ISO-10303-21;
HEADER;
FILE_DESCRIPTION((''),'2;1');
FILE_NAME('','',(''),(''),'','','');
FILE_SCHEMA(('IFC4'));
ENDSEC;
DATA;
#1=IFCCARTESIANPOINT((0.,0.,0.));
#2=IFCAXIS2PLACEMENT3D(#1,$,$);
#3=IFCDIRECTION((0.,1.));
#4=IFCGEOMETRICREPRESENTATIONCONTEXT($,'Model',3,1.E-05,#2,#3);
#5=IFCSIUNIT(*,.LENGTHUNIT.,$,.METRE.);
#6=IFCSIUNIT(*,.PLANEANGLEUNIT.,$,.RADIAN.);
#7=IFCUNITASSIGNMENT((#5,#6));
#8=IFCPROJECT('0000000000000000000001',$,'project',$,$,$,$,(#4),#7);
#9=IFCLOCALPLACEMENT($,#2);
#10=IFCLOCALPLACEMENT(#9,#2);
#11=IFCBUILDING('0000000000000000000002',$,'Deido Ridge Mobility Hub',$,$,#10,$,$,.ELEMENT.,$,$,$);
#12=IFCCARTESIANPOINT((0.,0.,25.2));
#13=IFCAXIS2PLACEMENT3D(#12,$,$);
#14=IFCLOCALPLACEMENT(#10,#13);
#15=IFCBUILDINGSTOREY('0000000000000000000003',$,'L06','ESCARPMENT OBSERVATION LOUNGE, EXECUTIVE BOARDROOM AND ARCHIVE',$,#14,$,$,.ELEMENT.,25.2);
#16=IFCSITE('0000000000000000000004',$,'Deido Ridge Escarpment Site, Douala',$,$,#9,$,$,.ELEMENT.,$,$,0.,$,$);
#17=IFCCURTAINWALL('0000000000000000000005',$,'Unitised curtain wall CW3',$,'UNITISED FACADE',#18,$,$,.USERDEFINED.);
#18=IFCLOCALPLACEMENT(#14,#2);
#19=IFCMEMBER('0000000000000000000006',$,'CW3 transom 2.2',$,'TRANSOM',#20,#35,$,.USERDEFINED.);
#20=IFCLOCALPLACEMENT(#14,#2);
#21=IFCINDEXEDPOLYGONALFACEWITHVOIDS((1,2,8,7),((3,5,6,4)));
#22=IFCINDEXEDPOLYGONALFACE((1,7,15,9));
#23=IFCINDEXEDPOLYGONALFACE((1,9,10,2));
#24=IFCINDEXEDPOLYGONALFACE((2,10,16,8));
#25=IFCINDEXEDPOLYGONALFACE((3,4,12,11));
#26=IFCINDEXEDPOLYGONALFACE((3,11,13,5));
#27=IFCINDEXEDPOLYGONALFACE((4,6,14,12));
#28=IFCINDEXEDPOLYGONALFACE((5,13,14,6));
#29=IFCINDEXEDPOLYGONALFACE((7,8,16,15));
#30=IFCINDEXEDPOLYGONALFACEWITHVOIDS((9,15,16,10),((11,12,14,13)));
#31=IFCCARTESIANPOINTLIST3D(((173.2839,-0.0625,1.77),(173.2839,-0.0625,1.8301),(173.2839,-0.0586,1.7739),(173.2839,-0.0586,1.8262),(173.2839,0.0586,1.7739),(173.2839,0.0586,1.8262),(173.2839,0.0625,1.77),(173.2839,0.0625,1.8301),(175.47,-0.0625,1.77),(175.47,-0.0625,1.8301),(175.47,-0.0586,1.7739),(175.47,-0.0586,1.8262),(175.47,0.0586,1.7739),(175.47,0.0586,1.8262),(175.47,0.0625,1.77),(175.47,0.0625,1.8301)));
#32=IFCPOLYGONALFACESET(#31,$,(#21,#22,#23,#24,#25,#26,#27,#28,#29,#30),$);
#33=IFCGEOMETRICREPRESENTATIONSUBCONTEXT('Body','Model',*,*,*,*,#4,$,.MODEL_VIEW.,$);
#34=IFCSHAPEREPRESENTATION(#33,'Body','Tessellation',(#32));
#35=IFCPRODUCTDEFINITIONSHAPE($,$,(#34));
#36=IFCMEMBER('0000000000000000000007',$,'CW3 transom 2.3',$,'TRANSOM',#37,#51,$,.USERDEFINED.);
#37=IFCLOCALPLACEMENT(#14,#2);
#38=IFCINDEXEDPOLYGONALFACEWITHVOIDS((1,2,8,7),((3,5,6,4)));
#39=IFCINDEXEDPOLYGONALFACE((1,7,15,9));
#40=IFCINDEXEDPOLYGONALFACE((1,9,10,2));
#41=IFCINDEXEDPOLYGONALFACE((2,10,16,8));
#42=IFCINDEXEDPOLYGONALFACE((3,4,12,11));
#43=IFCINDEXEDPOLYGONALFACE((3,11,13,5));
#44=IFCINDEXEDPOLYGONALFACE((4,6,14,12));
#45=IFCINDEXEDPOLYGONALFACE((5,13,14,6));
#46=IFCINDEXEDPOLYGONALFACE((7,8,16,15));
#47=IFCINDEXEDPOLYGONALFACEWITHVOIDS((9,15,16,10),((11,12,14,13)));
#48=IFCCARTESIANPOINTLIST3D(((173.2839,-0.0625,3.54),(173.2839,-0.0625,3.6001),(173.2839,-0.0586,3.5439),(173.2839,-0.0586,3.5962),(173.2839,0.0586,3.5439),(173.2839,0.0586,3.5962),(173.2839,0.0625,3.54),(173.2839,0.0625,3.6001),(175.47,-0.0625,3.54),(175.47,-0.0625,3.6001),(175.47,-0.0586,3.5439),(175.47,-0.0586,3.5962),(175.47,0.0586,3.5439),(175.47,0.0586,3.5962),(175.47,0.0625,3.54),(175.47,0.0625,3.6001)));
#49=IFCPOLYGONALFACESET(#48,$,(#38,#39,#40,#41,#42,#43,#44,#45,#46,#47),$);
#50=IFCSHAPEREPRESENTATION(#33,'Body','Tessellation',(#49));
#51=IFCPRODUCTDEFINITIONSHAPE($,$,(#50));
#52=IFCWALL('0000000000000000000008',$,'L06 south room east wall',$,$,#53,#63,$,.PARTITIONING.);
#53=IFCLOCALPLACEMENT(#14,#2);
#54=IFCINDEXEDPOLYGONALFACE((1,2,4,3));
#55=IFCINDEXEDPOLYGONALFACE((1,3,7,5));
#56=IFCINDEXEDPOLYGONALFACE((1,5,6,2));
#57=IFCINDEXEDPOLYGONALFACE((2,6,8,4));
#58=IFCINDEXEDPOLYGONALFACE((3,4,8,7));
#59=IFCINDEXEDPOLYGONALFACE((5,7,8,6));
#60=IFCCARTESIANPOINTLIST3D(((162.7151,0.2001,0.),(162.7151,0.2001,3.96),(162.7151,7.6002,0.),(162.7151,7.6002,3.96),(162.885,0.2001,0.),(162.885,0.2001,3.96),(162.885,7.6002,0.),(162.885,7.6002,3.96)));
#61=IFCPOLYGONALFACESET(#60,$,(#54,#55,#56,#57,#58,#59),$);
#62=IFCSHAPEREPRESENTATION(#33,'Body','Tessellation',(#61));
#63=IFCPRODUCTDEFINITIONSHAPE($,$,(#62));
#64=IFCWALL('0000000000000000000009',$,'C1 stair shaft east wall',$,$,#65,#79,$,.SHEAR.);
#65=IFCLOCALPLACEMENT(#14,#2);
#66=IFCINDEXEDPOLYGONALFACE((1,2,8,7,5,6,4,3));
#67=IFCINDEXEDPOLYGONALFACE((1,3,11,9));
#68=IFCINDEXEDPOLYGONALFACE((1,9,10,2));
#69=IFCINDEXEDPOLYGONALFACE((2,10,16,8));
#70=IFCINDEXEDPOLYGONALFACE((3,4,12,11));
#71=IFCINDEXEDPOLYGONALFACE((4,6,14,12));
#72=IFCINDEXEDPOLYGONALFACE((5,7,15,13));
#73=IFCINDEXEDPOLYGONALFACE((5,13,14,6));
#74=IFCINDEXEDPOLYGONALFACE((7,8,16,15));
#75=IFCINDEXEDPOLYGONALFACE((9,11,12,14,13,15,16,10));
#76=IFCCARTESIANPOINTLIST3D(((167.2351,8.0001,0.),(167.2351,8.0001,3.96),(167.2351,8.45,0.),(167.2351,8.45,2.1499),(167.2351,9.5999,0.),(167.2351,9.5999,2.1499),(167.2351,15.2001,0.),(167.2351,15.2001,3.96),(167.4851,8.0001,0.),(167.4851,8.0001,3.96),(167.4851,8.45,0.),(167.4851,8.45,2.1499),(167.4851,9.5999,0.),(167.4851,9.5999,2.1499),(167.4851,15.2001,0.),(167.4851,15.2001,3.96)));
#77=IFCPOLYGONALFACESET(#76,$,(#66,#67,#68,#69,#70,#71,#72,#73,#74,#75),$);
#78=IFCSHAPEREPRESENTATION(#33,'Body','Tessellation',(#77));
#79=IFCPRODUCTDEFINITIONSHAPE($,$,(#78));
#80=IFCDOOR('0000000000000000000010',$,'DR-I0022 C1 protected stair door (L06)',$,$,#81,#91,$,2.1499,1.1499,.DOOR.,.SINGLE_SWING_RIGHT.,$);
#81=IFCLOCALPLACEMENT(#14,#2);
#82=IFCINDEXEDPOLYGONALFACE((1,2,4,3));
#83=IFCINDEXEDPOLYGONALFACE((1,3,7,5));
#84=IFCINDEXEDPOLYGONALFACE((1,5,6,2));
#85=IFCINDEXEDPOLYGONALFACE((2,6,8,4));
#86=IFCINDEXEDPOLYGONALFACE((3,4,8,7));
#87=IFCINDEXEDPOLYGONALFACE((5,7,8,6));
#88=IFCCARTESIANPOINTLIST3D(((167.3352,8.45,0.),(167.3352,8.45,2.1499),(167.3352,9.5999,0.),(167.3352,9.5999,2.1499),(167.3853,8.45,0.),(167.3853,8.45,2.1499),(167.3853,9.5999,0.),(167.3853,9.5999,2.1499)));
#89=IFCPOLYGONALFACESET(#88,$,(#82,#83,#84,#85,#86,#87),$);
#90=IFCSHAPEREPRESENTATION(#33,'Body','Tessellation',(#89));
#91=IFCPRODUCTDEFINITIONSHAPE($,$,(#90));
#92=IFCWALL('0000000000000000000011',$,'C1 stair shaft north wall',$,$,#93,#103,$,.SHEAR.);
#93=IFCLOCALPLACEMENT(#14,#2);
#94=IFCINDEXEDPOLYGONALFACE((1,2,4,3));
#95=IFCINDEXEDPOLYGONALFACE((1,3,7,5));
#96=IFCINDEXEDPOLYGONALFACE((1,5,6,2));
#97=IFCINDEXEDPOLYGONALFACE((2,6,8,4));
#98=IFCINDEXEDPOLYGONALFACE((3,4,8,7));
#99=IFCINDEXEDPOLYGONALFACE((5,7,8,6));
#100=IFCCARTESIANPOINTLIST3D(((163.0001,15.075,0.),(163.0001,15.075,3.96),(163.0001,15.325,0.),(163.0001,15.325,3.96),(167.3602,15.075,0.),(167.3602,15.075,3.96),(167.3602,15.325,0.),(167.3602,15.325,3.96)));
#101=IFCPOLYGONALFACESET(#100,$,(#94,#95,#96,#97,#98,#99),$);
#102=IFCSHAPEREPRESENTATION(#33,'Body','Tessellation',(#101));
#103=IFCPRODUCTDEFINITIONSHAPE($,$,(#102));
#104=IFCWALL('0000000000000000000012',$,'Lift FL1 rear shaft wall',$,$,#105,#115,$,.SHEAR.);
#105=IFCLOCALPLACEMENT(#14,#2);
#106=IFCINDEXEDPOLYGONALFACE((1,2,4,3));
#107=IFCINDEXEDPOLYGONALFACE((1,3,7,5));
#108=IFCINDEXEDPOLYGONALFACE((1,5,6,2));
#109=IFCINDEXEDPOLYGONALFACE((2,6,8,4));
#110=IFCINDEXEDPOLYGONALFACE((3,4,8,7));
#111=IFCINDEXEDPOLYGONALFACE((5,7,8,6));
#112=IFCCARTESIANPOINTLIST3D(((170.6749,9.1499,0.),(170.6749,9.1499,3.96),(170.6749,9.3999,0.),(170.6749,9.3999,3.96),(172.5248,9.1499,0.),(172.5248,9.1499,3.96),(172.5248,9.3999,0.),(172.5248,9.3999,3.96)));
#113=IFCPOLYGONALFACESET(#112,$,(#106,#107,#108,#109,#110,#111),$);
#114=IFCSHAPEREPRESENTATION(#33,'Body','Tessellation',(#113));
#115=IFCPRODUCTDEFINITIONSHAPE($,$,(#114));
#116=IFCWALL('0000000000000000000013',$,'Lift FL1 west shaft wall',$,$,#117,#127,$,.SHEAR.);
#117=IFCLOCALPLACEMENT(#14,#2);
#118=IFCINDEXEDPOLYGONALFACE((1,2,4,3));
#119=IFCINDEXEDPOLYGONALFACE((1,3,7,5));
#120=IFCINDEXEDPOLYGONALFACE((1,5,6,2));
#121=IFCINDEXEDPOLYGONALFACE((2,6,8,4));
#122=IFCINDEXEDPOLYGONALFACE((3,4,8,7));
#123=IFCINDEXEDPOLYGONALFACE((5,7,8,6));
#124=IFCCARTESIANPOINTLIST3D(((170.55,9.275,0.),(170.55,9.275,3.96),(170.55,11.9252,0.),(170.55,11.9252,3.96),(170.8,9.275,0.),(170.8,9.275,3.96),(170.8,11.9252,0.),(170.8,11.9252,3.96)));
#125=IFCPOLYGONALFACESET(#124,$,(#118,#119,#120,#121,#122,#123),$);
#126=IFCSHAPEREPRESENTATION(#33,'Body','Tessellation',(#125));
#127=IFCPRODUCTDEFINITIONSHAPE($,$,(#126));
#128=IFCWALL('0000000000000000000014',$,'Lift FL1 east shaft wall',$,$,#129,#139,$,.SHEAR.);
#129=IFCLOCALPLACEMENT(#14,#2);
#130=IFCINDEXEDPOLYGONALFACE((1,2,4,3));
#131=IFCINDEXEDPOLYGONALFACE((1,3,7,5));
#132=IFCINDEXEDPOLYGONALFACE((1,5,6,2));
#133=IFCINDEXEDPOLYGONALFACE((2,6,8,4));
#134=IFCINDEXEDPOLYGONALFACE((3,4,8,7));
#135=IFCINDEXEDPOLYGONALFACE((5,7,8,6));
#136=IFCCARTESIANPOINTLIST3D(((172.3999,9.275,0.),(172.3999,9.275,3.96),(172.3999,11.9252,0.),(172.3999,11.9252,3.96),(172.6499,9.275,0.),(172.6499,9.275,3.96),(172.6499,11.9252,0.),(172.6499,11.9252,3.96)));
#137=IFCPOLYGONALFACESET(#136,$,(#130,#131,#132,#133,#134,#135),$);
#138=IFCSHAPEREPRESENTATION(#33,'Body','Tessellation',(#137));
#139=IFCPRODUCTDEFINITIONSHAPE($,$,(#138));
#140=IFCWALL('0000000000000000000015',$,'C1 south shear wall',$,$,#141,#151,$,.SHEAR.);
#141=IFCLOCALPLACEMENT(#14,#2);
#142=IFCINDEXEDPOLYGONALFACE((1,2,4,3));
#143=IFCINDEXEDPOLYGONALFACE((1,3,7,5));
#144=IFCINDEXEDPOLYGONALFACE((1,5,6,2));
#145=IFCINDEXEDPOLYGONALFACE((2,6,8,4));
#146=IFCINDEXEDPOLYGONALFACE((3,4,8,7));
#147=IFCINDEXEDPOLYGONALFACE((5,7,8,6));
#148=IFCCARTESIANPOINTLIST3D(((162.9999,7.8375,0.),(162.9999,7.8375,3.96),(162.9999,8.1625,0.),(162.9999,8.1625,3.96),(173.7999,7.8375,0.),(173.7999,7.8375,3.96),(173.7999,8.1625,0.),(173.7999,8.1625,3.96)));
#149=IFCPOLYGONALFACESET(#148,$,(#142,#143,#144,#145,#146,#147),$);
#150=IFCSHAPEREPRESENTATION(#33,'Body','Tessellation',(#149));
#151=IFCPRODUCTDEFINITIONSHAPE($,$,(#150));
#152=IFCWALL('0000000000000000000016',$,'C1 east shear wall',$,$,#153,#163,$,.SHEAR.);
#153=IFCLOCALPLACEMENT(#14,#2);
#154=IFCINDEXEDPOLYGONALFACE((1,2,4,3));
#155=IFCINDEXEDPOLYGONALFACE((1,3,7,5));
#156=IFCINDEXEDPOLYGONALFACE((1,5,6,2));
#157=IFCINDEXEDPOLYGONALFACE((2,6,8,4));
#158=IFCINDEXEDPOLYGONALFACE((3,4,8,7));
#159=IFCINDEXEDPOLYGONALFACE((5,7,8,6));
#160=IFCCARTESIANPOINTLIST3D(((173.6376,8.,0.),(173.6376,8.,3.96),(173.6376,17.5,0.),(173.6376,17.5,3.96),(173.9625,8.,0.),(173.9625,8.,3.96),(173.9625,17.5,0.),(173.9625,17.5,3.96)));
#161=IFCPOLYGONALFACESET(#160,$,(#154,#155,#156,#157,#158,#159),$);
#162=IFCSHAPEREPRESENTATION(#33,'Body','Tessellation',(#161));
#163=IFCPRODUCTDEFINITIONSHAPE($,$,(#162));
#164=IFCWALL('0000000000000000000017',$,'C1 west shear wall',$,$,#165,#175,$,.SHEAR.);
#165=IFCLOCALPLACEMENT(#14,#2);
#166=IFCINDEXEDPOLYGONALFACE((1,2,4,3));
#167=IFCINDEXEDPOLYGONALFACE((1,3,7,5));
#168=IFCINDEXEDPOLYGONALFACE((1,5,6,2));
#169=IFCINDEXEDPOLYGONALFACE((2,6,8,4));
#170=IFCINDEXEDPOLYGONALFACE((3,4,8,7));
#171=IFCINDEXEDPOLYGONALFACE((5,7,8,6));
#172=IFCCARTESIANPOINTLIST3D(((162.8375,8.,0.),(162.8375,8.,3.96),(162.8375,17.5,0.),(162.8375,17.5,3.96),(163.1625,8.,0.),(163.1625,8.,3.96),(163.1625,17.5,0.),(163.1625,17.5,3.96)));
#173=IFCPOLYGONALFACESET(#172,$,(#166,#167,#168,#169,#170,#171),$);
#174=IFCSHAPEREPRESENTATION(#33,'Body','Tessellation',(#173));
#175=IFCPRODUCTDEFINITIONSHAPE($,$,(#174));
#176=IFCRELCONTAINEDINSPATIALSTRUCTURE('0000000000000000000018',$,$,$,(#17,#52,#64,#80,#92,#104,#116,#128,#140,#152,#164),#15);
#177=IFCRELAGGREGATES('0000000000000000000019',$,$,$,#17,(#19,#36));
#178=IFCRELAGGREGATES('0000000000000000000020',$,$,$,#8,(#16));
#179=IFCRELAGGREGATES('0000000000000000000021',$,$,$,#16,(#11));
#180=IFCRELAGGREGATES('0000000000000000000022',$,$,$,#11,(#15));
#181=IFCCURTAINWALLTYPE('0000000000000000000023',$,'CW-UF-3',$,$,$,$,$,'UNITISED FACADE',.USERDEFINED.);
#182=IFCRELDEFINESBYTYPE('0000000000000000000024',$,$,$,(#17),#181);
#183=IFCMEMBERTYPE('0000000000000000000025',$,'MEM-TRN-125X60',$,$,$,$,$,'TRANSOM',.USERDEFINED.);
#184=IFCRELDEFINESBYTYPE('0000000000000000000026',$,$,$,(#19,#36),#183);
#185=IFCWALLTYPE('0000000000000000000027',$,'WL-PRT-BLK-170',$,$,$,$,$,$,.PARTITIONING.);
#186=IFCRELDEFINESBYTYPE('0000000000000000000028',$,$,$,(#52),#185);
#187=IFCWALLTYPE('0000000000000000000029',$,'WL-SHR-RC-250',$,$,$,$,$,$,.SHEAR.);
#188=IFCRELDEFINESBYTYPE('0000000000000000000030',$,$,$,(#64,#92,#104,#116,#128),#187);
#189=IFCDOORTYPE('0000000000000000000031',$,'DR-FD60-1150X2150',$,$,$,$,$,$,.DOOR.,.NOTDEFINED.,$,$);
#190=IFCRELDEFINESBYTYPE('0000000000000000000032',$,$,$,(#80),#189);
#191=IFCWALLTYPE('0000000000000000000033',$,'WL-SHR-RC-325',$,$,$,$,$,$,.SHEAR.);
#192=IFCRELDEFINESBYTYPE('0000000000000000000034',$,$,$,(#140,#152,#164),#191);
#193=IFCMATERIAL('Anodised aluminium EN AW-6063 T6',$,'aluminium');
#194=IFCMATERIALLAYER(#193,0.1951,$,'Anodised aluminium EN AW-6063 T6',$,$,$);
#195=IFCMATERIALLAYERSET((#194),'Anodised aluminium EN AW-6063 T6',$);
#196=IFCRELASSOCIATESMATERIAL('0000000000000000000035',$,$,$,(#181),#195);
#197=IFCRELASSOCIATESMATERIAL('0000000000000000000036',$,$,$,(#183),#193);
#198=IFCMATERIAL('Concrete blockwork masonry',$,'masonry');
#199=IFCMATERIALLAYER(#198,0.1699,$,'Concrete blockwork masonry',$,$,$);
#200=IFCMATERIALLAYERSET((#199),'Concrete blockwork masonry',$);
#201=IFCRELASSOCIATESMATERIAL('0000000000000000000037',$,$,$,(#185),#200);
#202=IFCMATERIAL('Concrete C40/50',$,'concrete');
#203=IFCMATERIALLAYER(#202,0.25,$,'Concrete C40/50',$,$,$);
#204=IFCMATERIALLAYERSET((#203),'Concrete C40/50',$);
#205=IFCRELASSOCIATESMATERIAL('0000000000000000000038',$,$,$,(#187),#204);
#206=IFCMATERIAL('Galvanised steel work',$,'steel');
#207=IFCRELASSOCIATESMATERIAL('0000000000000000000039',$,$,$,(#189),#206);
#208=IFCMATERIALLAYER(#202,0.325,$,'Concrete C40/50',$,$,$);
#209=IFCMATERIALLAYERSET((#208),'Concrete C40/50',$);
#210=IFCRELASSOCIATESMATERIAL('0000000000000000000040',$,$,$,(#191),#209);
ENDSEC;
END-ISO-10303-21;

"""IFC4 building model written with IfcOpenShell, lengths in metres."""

from ifc_helpers import new_model, si_unit, direction, frame, frame_2d, origin, origin_2d, place, context, subcontext, project, spatial, rectangle, hollow_rectangle, extrude, material, layer, layer_set, material_profile, profile_set, type_object, element, fill, aggregate, save


model = new_model("IFC4")

# Units and contexts
model_context = context("Model", 3, precision=1e-05, world=origin(), true_north=direction((0.0, 1.0)))
body_context = subcontext(model_context, "Body", "Model", "MODEL_VIEW")
ifc_project = project(units=[si_unit("LENGTHUNIT", "METRE"), si_unit("PLANEANGLEUNIT", "RADIAN")], contexts=[model_context])

# Site, building, storey
site_placement = place(None, origin())
site = spatial("IfcSite", under=ifc_project, at=site_placement, Name="Deido Ridge Escarpment Site, Douala", CompositionType="ELEMENT", RefElevation=0.0)
building_placement = place(site_placement, origin())
building = spatial("IfcBuilding", under=site, at=building_placement, Name="Deido Ridge Mobility Hub", CompositionType="ELEMENT")
storey_placement = place(building_placement, frame((0.0, 0.0, 25.2)))
storey = spatial("IfcBuildingStorey", under=building, at=storey_placement, Name="L06", Description="ESCARPMENT OBSERVATION LOUNGE, EXECUTIVE BOARDROOM AND ARCHIVE", CompositionType="ELEMENT", Elevation=25.2)

# Curtain wall, members
ifc_material_1 = material(Name="Anodised aluminium EN AW-6063 T6", Category="aluminium")
ifc_layer_1 = layer(ifc_material_1, 0.1951, Name="Anodised aluminium EN AW-6063 T6")
ifc_layer_set_1 = layer_set([ifc_layer_1], Name="Anodised aluminium EN AW-6063 T6")
curtain_wall_type = type_object("IfcCurtainWallType", Name="CW-UF-3", ElementType="UNITISED FACADE", PredefinedType="USERDEFINED", material=ifc_layer_set_1)
curtain_wall_placement = place(storey_placement, origin())
curtain_wall = element("IfcCurtainWall", 1, at=curtain_wall_placement, inside=storey, type_object=curtain_wall_type, Name="Unitised curtain wall CW3", ObjectType="UNITISED FACADE", PredefinedType="USERDEFINED")
ifc_material_profile_1 = material_profile(ifc_material_1, hollow_rectangle(XDim=0.125, YDim=0.0601, WallThickness=0.0039, at=origin_2d()), Name="RHS 125x60x4")
ifc_profile_set_1 = profile_set([ifc_material_profile_1], Name="Anodised aluminium EN AW-6063 T6")
member_type = type_object("IfcMemberType", Name="MEM-TRN-125X60", ElementType="TRANSOM", PredefinedType="USERDEFINED", material=ifc_profile_set_1)
member_1_placement = place(storey_placement, frame((173.2839, 0.0, 1.8), z_axis=(1.0, 0.0, 0.0), x_axis=(0.0, 1.0, 0.0)))
member_1 = element("IfcMember", 2, at=member_1_placement, type_object=member_type, Name="CW3 transom 2.2", ObjectType="TRANSOM", PredefinedType="USERDEFINED", context=body_context, shape_type="SweptSolid", body=[
    extrude(hollow_rectangle(XDim=0.125, YDim=0.0601, WallThickness=0.0039, at=origin_2d()), origin(), (0.0, 0.0, 1.0), 2.186),
])
member_2_placement = place(storey_placement, frame((173.2839, 0.0, 3.5701), z_axis=(1.0, 0.0, 0.0), x_axis=(0.0, 1.0, 0.0)))
member_2 = element("IfcMember", 3, at=member_2_placement, type_object=member_type, Name="CW3 transom 2.3", ObjectType="TRANSOM", PredefinedType="USERDEFINED", context=body_context, shape_type="SweptSolid", body=[
    extrude(hollow_rectangle(XDim=0.125, YDim=0.0601, WallThickness=0.0039, at=origin_2d()), origin(), (0.0, 0.0, 1.0), 2.186),
])
aggregate(curtain_wall, [member_1, member_2])

# Wall
ifc_material_2 = material(Name="Concrete blockwork masonry", Category="masonry")
ifc_layer_2 = layer(ifc_material_2, 0.1699, Name="Concrete blockwork masonry")
ifc_layer_set_2 = layer_set([ifc_layer_2], Name="Concrete blockwork masonry")
wall_type_1 = type_object("IfcWallType", Name="WL-PRT-BLK-170", PredefinedType="PARTITIONING", material=ifc_layer_set_2)
wall_1_placement = place(storey_placement, frame((162.8, 0.2, 0.0), z_axis=(0.0, 0.0, 1.0), x_axis=(0.0, 1.0, 0.0)))
element("IfcWall", 4, at=wall_1_placement, inside=storey, type_object=wall_type_1, Name="L06 south room east wall", PredefinedType="PARTITIONING", context=body_context, shape_type="SweptSolid", body=[
    extrude(rectangle(XDim=7.4001, YDim=0.1699, at=frame_2d((3.7002, 0.0))), origin(), (0.0, 0.0, 1.0), 3.96),
])

# Wall, opening, door
ifc_material_3 = material(Name="Concrete C40/50", Category="concrete")
ifc_layer_3 = layer(ifc_material_3, 0.25, Name="Concrete C40/50")
ifc_layer_set_3 = layer_set([ifc_layer_3], Name="Concrete C40/50")
wall_type_2 = type_object("IfcWallType", Name="WL-SHR-RC-250", PredefinedType="SHEAR", material=ifc_layer_set_3)
wall_2_placement = place(storey_placement, frame((167.3601, 8.0, 0.0), z_axis=(0.0, 0.0, 1.0), x_axis=(0.0, 1.0, 0.0)))
wall_2 = element("IfcWall", 5, at=wall_2_placement, inside=storey, type_object=wall_type_2, Name="C1 stair shaft east wall", PredefinedType="SHEAR", context=body_context, shape_type="SweptSolid", body=[
    extrude(rectangle(XDim=7.2, YDim=0.25, at=frame_2d((3.6001, 0.0))), origin(), (0.0, 0.0, 1.0), 3.96),
])
opening_1_placement = place(wall_2_placement, frame((0.45, 0.0, 0.0)))
opening_1 = element("IfcOpeningElement", 6, at=opening_1_placement, cuts=wall_2, PredefinedType="OPENING", context=body_context, shape_type="SweptSolid", body=[
    extrude(rectangle(XDim=1.1499, YDim=2.1499, at=frame_2d((0.575, 1.075))), frame((0.0, 0.135, 0.0), z_axis=(0.0, -1.0, 0.0), x_axis=(1.0, 0.0, 0.0)), (0.0, 0.0, 1.0), 0.27),
])
ifc_material_4 = material(Name="Galvanised steel work", Category="steel")
door_type_1 = type_object("IfcDoorType", Name="DR-FD60-1150X2150", OperationType="NOTDEFINED", PredefinedType="DOOR", material=ifc_material_4)
door_1_placement = place(opening_1_placement, origin())
door_1 = element("IfcDoor", 7, at=door_1_placement, inside=storey, type_object=door_type_1, Name="DR-I0022 C1 protected stair door (L06)", OperationType="SINGLE_SWING_RIGHT", OverallHeight=2.1499, OverallWidth=1.1499, PredefinedType="DOOR", context=body_context, shape_type="SweptSolid", body=[
    extrude(rectangle(XDim=1.1499, YDim=2.1499, at=frame_2d((0.575, 1.075))), frame((0.0, 0.0249, 0.0), z_axis=(0.0, -1.0, 0.0), x_axis=(1.0, 0.0, 0.0)), (0.0, 0.0, 1.0), 0.05),
])
fill(opening_1, door_1)

# Walls
wall_3_placement = place(storey_placement, frame((163.0, 15.2, 0.0), z_axis=(0.0, 0.0, 1.0), x_axis=(1.0, 0.0, 0.0)))
element("IfcWall", 8, at=wall_3_placement, inside=storey, type_object=wall_type_2, Name="C1 stair shaft north wall", PredefinedType="SHEAR", context=body_context, shape_type="SweptSolid", body=[
    extrude(rectangle(XDim=4.3601, YDim=0.25, at=frame_2d((2.1802, 0.0))), origin(), (0.0, 0.0, 1.0), 3.96),
])
wall_4_placement = place(storey_placement, frame((170.675, 9.2749, 0.0), z_axis=(0.0, 0.0, 1.0), x_axis=(1.0, 0.0, 0.0)))
element("IfcWall", 9, at=wall_4_placement, inside=storey, type_object=wall_type_2, Name="Lift FL1 rear shaft wall", PredefinedType="SHEAR", context=body_context, shape_type="SweptSolid", body=[
    extrude(rectangle(XDim=1.8499, YDim=0.25, at=frame_2d((0.9248, 0.0))), origin(), (0.0, 0.0, 1.0), 3.96),
])
for number, where, z_axis, x_axis, name in (
    (10, (170.675, 9.2749, 0.0), (0.0, 0.0, 1.0), (0.0, 1.0, 0.0), "Lift FL1 west shaft wall"),
    (11, (172.5249, 9.2749, 0.0), (0.0, 0.0, 1.0), (0.0, 1.0, 0.0), "Lift FL1 east shaft wall"),
):
    element("IfcWall", number, at=place(storey_placement, frame(where, z_axis=z_axis, x_axis=x_axis)), inside=storey, type_object=wall_type_2, Name=name, PredefinedType="SHEAR", context=body_context, shape_type="SweptSolid", body=[
        extrude(rectangle(XDim=2.6501, YDim=0.25, at=frame_2d((1.3252, 0.0))), origin(), (0.0, 0.0, 1.0), 3.96),
    ])

# Walls
ifc_layer_4 = layer(ifc_material_3, 0.325, Name="Concrete C40/50")
ifc_layer_set_4 = layer_set([ifc_layer_4], Name="Concrete C40/50")
wall_type_3 = type_object("IfcWallType", Name="WL-SHR-RC-325", PredefinedType="SHEAR", material=ifc_layer_set_4)
wall_5_placement = place(storey_placement, frame((163.0, 8.0, 0.0), z_axis=(0.0, 0.0, 1.0), x_axis=(1.0, 0.0, 0.0)))
element("IfcWall", 12, at=wall_5_placement, inside=storey, type_object=wall_type_3, Name="C1 south shear wall", PredefinedType="SHEAR", context=body_context, shape_type="SweptSolid", body=[
    extrude(rectangle(XDim=10.8, YDim=0.325, at=frame_2d((5.3999, 0.0))), origin(), (0.0, 0.0, 1.0), 3.96),
])
for number, where, z_axis, x_axis, name in (
    (13, (173.8, 8.0, 0.0), (0.0, 0.0, 1.0), (0.0, 1.0, 0.0), "C1 east shear wall"),
    (14, (163.0, 17.5, 0.0), (0.0, 0.0, 1.0), (0.0, -1.0, 0.0), "C1 west shear wall"),
):
    element("IfcWall", number, at=place(storey_placement, frame(where, z_axis=z_axis, x_axis=x_axis)), inside=storey, type_object=wall_type_3, Name=name, PredefinedType="SHEAR", context=body_context, shape_type="SweptSolid", body=[
        extrude(rectangle(XDim=9.5, YDim=0.325, at=frame_2d((4.75, 0.0))), origin(), (0.0, 0.0, 1.0), 3.96),
    ])

save(model, "model.ifc")
